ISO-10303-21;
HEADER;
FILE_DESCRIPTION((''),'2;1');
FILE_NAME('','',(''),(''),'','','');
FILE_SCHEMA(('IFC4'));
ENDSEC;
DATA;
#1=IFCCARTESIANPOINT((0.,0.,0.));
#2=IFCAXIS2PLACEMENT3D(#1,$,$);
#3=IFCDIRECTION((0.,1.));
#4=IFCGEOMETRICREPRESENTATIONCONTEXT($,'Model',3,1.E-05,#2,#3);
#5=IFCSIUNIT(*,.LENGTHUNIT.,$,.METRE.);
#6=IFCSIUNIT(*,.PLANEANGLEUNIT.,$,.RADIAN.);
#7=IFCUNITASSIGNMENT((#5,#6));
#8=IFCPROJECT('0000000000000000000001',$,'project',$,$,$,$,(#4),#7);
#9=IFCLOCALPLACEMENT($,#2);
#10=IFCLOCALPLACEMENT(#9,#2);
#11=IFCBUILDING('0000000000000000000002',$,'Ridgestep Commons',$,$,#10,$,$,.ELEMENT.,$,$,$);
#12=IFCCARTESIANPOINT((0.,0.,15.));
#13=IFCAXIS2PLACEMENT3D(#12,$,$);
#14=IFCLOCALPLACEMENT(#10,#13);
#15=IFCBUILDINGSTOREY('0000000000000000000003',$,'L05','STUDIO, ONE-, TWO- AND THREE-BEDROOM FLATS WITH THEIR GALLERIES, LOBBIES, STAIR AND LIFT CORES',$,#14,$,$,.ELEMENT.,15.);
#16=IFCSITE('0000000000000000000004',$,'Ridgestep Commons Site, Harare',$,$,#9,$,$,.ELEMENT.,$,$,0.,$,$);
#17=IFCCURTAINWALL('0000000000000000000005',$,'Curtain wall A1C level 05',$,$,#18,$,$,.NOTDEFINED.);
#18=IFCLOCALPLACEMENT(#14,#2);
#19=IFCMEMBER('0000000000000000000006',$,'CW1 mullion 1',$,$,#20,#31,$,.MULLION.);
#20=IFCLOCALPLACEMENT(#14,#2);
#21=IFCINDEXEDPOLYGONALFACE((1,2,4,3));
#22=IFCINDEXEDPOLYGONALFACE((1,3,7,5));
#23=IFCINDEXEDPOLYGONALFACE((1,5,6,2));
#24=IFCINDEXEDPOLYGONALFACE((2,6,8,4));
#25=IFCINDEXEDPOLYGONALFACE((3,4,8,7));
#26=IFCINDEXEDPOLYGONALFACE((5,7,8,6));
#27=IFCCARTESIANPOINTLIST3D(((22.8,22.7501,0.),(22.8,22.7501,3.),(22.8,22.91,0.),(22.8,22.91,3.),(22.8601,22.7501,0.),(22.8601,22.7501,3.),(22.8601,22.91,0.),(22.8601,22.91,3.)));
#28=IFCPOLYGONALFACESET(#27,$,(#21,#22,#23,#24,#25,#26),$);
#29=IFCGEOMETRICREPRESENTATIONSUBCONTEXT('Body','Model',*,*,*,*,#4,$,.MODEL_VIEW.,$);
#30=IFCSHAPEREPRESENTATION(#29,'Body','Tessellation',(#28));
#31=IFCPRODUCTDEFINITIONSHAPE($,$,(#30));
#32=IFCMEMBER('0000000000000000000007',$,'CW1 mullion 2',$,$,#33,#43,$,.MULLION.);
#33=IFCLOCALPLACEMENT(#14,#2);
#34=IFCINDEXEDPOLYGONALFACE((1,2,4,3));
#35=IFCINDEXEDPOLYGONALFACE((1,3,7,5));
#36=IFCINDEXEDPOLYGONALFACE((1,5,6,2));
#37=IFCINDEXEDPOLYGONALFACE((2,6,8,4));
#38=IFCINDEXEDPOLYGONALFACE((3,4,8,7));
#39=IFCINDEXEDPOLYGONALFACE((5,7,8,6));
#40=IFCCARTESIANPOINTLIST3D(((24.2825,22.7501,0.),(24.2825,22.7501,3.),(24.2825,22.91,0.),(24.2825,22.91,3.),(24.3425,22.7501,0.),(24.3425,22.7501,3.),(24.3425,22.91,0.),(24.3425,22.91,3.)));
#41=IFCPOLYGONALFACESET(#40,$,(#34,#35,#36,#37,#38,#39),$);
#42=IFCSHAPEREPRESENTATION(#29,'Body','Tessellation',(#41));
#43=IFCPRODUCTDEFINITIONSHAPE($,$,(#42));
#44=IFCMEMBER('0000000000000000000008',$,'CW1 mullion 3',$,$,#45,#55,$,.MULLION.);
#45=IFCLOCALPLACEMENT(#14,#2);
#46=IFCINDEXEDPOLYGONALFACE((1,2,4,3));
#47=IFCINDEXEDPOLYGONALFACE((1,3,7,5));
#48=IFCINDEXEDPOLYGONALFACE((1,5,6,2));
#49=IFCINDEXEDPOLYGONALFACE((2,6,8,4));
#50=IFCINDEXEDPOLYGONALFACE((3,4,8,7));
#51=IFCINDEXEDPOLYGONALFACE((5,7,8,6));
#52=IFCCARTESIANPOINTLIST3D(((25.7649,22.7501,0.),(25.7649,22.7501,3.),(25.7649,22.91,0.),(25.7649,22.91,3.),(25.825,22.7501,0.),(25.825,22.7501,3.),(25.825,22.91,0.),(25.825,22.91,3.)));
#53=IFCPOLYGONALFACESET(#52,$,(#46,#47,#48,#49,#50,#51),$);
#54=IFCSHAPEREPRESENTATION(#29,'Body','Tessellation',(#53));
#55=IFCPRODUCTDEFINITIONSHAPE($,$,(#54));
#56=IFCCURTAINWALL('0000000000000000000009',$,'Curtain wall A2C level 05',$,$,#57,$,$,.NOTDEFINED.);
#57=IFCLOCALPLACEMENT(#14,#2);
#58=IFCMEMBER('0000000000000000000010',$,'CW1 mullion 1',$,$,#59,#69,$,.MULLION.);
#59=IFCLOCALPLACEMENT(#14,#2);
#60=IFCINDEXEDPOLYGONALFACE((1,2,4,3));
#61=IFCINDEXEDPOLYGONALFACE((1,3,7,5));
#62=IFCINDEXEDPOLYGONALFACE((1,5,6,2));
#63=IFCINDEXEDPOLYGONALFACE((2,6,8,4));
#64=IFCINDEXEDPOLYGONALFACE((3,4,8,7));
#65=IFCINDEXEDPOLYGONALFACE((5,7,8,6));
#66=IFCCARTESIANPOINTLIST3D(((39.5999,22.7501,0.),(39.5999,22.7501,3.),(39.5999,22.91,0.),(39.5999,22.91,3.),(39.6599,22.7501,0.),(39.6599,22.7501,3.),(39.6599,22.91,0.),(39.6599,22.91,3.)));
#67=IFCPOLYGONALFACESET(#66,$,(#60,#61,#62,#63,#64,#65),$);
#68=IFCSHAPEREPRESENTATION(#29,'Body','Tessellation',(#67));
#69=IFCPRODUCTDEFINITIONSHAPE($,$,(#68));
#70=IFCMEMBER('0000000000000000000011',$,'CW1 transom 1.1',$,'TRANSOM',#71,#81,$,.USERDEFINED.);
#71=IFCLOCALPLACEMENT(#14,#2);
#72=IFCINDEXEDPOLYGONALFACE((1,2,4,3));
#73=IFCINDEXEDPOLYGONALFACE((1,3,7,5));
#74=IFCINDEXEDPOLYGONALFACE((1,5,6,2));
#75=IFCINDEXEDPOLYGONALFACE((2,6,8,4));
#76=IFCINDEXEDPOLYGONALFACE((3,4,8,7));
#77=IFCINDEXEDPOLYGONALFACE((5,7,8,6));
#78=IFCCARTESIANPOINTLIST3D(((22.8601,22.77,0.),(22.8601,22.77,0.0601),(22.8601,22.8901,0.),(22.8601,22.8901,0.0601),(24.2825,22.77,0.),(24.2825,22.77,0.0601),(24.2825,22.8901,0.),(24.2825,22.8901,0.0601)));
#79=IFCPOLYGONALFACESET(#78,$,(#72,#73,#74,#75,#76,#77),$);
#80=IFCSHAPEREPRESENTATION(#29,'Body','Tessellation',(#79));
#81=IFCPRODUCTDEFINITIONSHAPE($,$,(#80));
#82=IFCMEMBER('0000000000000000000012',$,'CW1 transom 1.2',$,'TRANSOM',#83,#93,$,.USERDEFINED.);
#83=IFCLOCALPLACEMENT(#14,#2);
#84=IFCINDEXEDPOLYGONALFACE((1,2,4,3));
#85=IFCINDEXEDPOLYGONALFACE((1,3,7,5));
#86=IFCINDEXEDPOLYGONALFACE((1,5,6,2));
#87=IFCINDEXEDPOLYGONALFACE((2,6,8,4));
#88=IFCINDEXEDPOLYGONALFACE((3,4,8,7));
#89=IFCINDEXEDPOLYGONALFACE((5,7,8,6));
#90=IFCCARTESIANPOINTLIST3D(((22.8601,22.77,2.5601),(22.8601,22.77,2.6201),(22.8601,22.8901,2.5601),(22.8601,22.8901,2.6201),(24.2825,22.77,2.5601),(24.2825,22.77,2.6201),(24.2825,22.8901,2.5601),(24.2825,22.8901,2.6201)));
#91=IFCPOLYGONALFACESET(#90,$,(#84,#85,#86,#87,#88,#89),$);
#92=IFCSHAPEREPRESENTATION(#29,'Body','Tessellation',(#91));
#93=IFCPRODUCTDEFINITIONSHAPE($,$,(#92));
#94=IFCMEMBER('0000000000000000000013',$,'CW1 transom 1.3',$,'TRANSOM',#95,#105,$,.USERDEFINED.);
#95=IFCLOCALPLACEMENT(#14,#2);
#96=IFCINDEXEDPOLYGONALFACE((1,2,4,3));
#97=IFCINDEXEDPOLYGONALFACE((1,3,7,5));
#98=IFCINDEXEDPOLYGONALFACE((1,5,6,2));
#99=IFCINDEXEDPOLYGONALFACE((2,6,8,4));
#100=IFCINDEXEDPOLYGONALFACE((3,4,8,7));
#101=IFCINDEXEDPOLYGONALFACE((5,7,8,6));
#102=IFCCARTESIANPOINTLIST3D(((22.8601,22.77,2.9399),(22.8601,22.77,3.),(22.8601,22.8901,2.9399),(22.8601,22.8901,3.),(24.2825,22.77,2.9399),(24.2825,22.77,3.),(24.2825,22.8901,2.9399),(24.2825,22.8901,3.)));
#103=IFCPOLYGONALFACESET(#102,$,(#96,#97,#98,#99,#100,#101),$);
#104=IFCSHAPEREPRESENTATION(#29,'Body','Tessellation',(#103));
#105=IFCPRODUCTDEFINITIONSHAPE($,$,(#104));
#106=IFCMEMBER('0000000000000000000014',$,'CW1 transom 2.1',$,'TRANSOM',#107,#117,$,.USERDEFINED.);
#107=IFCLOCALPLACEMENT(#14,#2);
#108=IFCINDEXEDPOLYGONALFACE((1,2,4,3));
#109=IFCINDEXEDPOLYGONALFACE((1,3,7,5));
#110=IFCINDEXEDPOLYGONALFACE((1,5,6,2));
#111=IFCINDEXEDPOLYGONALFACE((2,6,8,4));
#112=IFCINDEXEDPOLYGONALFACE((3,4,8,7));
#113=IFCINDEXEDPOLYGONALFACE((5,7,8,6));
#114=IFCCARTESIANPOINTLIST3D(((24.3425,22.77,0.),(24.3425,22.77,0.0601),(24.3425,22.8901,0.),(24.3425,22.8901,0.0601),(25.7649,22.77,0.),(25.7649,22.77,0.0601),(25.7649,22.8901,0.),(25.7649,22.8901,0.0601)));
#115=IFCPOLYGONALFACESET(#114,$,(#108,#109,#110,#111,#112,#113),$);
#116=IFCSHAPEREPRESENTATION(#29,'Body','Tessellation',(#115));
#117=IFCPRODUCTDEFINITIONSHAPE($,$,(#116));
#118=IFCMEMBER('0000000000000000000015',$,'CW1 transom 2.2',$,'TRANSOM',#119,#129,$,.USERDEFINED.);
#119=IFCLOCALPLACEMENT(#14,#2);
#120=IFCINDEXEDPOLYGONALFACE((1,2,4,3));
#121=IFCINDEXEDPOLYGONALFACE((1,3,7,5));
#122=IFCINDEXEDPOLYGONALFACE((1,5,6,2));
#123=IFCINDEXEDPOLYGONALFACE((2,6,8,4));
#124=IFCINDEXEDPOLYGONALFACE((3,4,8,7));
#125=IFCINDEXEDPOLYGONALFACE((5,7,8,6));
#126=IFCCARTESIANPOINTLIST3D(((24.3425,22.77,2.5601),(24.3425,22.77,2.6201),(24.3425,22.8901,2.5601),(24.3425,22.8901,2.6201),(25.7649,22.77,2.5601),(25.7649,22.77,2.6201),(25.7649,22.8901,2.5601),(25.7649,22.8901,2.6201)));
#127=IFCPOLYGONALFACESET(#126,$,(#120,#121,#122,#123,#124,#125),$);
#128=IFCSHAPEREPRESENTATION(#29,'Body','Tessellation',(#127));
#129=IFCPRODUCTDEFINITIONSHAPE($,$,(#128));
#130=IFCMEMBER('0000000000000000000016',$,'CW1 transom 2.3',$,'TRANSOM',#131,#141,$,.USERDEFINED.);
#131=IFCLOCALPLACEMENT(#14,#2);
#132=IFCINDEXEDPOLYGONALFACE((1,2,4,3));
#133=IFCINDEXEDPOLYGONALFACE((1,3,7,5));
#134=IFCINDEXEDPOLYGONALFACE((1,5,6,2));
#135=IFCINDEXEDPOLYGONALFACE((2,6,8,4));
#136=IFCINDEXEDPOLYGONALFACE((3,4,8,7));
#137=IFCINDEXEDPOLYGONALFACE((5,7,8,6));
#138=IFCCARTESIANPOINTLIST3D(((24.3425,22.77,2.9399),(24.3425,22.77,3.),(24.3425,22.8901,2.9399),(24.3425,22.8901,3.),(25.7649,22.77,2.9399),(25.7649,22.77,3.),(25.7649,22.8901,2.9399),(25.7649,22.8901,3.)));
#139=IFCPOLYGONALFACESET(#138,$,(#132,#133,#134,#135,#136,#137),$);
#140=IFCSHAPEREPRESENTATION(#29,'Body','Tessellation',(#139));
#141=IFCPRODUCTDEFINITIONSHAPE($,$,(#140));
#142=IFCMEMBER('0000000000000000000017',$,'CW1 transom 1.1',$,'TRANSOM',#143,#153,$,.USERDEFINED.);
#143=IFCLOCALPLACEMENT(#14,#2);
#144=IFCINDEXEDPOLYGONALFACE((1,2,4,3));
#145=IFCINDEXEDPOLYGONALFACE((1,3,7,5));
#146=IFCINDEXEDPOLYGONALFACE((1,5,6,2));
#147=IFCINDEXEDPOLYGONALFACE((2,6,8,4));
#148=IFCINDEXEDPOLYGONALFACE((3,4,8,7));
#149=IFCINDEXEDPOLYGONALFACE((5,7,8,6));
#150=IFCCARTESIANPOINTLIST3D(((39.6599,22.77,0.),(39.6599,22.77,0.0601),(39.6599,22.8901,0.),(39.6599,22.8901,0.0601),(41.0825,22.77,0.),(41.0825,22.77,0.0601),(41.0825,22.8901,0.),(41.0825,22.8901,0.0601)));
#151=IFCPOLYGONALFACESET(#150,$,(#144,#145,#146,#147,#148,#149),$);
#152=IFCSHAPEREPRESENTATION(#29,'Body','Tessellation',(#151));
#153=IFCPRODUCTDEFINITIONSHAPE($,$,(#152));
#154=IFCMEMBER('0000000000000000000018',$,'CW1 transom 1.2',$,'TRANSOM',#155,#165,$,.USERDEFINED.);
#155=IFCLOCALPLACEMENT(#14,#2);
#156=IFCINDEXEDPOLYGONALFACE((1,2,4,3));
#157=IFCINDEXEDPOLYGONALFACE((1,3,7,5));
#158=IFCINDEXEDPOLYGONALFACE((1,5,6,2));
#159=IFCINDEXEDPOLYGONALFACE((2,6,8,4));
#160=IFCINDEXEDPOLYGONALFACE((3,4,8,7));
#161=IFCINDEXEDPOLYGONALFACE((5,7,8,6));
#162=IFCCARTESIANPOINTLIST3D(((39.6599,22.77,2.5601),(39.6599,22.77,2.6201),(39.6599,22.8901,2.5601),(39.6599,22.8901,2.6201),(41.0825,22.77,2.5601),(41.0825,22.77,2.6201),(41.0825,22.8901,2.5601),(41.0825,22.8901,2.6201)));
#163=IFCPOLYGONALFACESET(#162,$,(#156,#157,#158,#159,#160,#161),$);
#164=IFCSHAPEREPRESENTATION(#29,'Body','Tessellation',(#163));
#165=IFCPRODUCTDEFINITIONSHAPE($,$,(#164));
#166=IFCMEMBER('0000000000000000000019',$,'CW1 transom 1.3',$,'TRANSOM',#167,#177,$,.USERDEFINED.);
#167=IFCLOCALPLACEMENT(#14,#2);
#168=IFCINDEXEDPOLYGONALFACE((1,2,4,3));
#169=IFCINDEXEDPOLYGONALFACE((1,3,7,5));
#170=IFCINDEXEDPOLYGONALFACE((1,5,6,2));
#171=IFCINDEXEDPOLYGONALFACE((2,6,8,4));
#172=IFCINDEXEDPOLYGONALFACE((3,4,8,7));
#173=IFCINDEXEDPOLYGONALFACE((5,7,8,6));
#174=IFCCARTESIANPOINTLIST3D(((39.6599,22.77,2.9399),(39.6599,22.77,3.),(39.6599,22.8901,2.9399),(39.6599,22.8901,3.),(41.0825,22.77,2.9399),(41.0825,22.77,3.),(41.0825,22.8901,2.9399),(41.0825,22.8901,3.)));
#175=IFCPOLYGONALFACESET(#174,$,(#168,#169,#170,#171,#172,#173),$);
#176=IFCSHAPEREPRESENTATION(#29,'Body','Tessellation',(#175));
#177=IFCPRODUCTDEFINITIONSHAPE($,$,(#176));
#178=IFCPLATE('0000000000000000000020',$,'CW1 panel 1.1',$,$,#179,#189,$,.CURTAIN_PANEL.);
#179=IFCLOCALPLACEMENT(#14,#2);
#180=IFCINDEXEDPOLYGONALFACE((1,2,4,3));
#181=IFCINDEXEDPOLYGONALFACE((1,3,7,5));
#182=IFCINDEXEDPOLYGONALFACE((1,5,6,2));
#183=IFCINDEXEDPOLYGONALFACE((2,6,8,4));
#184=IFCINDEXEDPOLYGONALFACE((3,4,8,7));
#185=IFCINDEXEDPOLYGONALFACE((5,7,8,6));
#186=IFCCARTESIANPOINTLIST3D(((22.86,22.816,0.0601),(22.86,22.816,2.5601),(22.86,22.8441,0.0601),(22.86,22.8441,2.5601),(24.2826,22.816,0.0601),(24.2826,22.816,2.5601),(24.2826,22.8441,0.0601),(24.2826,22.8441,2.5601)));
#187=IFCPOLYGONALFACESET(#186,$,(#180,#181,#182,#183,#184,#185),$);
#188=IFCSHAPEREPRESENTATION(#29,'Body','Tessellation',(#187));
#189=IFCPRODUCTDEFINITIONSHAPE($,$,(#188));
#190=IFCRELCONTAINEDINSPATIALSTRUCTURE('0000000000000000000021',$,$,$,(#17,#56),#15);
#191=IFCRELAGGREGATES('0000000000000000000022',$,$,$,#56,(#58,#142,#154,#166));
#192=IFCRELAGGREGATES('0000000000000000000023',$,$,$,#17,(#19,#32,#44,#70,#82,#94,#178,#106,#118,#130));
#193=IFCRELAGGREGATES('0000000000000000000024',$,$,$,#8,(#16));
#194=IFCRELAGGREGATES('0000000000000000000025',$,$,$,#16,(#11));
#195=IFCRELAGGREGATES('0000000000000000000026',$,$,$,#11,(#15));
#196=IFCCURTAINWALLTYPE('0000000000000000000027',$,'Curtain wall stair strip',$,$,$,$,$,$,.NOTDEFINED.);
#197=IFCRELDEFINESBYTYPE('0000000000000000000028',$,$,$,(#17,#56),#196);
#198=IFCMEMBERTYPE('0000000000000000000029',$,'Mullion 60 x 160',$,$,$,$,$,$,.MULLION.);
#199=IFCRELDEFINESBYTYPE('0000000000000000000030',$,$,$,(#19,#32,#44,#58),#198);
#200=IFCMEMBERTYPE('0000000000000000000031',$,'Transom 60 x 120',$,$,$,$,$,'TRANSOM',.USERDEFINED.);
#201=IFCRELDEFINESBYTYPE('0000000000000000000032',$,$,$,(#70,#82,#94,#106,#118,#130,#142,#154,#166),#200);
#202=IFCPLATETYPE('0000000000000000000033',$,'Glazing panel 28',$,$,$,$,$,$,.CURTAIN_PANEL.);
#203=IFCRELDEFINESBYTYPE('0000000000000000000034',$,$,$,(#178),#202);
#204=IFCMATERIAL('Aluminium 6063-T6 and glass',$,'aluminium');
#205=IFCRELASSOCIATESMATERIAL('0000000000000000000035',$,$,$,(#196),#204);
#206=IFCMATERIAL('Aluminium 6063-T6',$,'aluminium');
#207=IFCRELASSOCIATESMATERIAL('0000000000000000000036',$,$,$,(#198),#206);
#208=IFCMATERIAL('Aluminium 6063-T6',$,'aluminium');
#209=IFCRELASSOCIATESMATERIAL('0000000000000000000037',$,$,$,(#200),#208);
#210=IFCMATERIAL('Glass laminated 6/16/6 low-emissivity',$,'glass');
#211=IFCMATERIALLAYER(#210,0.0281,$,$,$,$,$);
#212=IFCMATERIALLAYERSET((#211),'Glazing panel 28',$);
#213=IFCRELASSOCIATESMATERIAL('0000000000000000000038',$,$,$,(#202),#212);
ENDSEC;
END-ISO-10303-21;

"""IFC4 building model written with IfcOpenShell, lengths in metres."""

from ifc_helpers import new_model, si_unit, direction, frame, origin, origin_2d, place, context, subcontext, project, spatial, rectangle, extrude, material, layer, layer_set, material_profile, profile_set, type_object, element, aggregate, save


model = new_model("IFC4")

# Units and contexts
model_context = context("Model", 3, precision=1e-05, world=origin(), true_north=direction((0.0, 1.0)))
body_context = subcontext(model_context, "Body", "Model", "MODEL_VIEW")
ifc_project = project(units=[si_unit("LENGTHUNIT", "METRE"), si_unit("PLANEANGLEUNIT", "RADIAN")], contexts=[model_context])

# Site, building, storey
site_placement = place(None, origin())
site = spatial("IfcSite", under=ifc_project, at=site_placement, Name="Ridgestep Commons Site, Harare", CompositionType="ELEMENT", RefElevation=0.0)
building_placement = place(site_placement, origin())
building = spatial("IfcBuilding", under=site, at=building_placement, Name="Ridgestep Commons", CompositionType="ELEMENT")
storey_placement = place(building_placement, frame((0.0, 0.0, 15.0)))
storey = spatial("IfcBuildingStorey", under=building, at=storey_placement, Name="L05", Description="STUDIO, ONE-, TWO- AND THREE-BEDROOM FLATS WITH THEIR GALLERIES, LOBBIES, STAIR AND LIFT CORES", CompositionType="ELEMENT", Elevation=15.0)

# Curtain wall, members
ifc_material_1 = material(Name="Aluminium 6063-T6 and glass", Category="aluminium")
curtain_wall_type = type_object("IfcCurtainWallType", Name="Curtain wall stair strip", PredefinedType="NOTDEFINED", material=ifc_material_1)
curtain_wall_1_placement = place(storey_placement, origin())
curtain_wall_1 = element("IfcCurtainWall", 1, at=curtain_wall_1_placement, inside=storey, type_object=curtain_wall_type, Name="Curtain wall A1C level 05", PredefinedType="NOTDEFINED")
ifc_material_2 = material(Name="Aluminium 6063-T6", Category="aluminium")
ifc_material_profile_1 = material_profile(ifc_material_2, rectangle(XDim=0.1599, YDim=0.0601, at=origin_2d()), Name="Mullion 60 x 160")
ifc_profile_set_1 = profile_set([ifc_material_profile_1], Name="Aluminium 6063-T6")
member_type_1 = type_object("IfcMemberType", Name="Mullion 60 x 160", PredefinedType="MULLION", material=ifc_profile_set_1)
member_1_placement = place(storey_placement, frame((22.8301, 22.8301, 0.0), z_axis=(0.0, 0.0, 1.0), x_axis=(0.0, 1.0, 0.0)))
member_1 = element("IfcMember", 2, at=member_1_placement, type_object=member_type_1, Name="CW1 mullion 1", PredefinedType="MULLION", context=body_context, shape_type="SweptSolid", body=[
    extrude(rectangle(XDim=0.1599, YDim=0.0601, at=origin_2d()), origin(), (0.0, 0.0, 1.0), 3.0),
])
member_2_placement = place(storey_placement, frame((24.3125, 22.8301, 0.0), z_axis=(0.0, 0.0, 1.0), x_axis=(0.0, 1.0, 0.0)))
member_2 = element("IfcMember", 3, at=member_2_placement, type_object=member_type_1, Name="CW1 mullion 2", PredefinedType="MULLION", context=body_context, shape_type="SweptSolid", body=[
    extrude(rectangle(XDim=0.1599, YDim=0.0601, at=origin_2d()), origin(), (0.0, 0.0, 1.0), 3.0),
])
member_3_placement = place(storey_placement, frame((25.7949, 22.8301, 0.0), z_axis=(0.0, 0.0, 1.0), x_axis=(0.0, 1.0, 0.0)))
member_3 = element("IfcMember", 4, at=member_3_placement, type_object=member_type_1, Name="CW1 mullion 3", PredefinedType="MULLION", context=body_context, shape_type="SweptSolid", body=[
    extrude(rectangle(XDim=0.1599, YDim=0.0601, at=origin_2d()), origin(), (0.0, 0.0, 1.0), 3.0),
])

# Curtain wall, member
curtain_wall_2_placement = place(storey_placement, origin())
curtain_wall_2 = element("IfcCurtainWall", 5, at=curtain_wall_2_placement, inside=storey, type_object=curtain_wall_type, Name="Curtain wall A2C level 05", PredefinedType="NOTDEFINED")
member_4_placement = place(storey_placement, frame((39.6299, 22.8301, 0.0), z_axis=(0.0, 0.0, 1.0), x_axis=(0.0, 1.0, 0.0)))
member_4 = element("IfcMember", 6, at=member_4_placement, type_object=member_type_1, Name="CW1 mullion 1", PredefinedType="MULLION", context=body_context, shape_type="SweptSolid", body=[
    extrude(rectangle(XDim=0.1599, YDim=0.0601, at=origin_2d()), origin(), (0.0, 0.0, 1.0), 3.0),
])

# Members
ifc_material_3 = material(Name="Aluminium 6063-T6", Category="aluminium")
ifc_material_profile_2 = material_profile(ifc_material_3, rectangle(XDim=0.1201, YDim=0.0601, at=origin_2d()), Name="Transom 60 x 120")
ifc_profile_set_2 = profile_set([ifc_material_profile_2], Name="Aluminium 6063-T6")
member_type_2 = type_object("IfcMemberType", Name="Transom 60 x 120", ElementType="TRANSOM", PredefinedType="USERDEFINED", material=ifc_profile_set_2)
member_5_placement = place(storey_placement, frame((22.8601, 22.8301, 0.03), z_axis=(1.0, 0.0, 0.0), x_axis=(0.0, 1.0, 0.0)))
member_5 = element("IfcMember", 7, at=member_5_placement, type_object=member_type_2, Name="CW1 transom 1.1", ObjectType="TRANSOM", PredefinedType="USERDEFINED", context=body_context, shape_type="SweptSolid", body=[
    extrude(rectangle(XDim=0.1201, YDim=0.0601, at=origin_2d()), origin(), (0.0, 0.0, 1.0), 1.4224),
])
member_6_placement = place(storey_placement, frame((22.8601, 22.8301, 2.5901), z_axis=(1.0, 0.0, 0.0), x_axis=(0.0, 1.0, 0.0)))
member_6 = element("IfcMember", 8, at=member_6_placement, type_object=member_type_2, Name="CW1 transom 1.2", ObjectType="TRANSOM", PredefinedType="USERDEFINED", context=body_context, shape_type="SweptSolid", body=[
    extrude(rectangle(XDim=0.1201, YDim=0.0601, at=origin_2d()), origin(), (0.0, 0.0, 1.0), 1.4224),
])
member_7_placement = place(storey_placement, frame((22.8601, 22.8301, 2.97), z_axis=(1.0, 0.0, 0.0), x_axis=(0.0, 1.0, 0.0)))
member_7 = element("IfcMember", 9, at=member_7_placement, type_object=member_type_2, Name="CW1 transom 1.3", ObjectType="TRANSOM", PredefinedType="USERDEFINED", context=body_context, shape_type="SweptSolid", body=[
    extrude(rectangle(XDim=0.1201, YDim=0.0601, at=origin_2d()), origin(), (0.0, 0.0, 1.0), 1.4224),
])
member_8_placement = place(storey_placement, frame((24.3425, 22.8301, 0.03), z_axis=(1.0, 0.0, 0.0), x_axis=(0.0, 1.0, 0.0)))
member_8 = element("IfcMember", 10, at=member_8_placement, type_object=member_type_2, Name="CW1 transom 2.1", ObjectType="TRANSOM", PredefinedType="USERDEFINED", context=body_context, shape_type="SweptSolid", body=[
    extrude(rectangle(XDim=0.1201, YDim=0.0601, at=origin_2d()), origin(), (0.0, 0.0, 1.0), 1.4224),
])
member_9_placement = place(storey_placement, frame((24.3425, 22.8301, 2.5901), z_axis=(1.0, 0.0, 0.0), x_axis=(0.0, 1.0, 0.0)))
member_9 = element("IfcMember", 11, at=member_9_placement, type_object=member_type_2, Name="CW1 transom 2.2", ObjectType="TRANSOM", PredefinedType="USERDEFINED", context=body_context, shape_type="SweptSolid", body=[
    extrude(rectangle(XDim=0.1201, YDim=0.0601, at=origin_2d()), origin(), (0.0, 0.0, 1.0), 1.4224),
])
member_10_placement = place(storey_placement, frame((24.3425, 22.8301, 2.97), z_axis=(1.0, 0.0, 0.0), x_axis=(0.0, 1.0, 0.0)))
member_10 = element("IfcMember", 12, at=member_10_placement, type_object=member_type_2, Name="CW1 transom 2.3", ObjectType="TRANSOM", PredefinedType="USERDEFINED", context=body_context, shape_type="SweptSolid", body=[
    extrude(rectangle(XDim=0.1201, YDim=0.0601, at=origin_2d()), origin(), (0.0, 0.0, 1.0), 1.4224),
])
member_11_placement = place(storey_placement, frame((39.6599, 22.8301, 0.03), z_axis=(1.0, 0.0, 0.0), x_axis=(0.0, 1.0, 0.0)))
member_11 = element("IfcMember", 13, at=member_11_placement, type_object=member_type_2, Name="CW1 transom 1.1", ObjectType="TRANSOM", PredefinedType="USERDEFINED", context=body_context, shape_type="SweptSolid", body=[
    extrude(rectangle(XDim=0.1201, YDim=0.0601, at=origin_2d()), origin(), (0.0, 0.0, 1.0), 1.4226),
])
member_12_placement = place(storey_placement, frame((39.6599, 22.8301, 2.5901), z_axis=(1.0, 0.0, 0.0), x_axis=(0.0, 1.0, 0.0)))
member_12 = element("IfcMember", 14, at=member_12_placement, type_object=member_type_2, Name="CW1 transom 1.2", ObjectType="TRANSOM", PredefinedType="USERDEFINED", context=body_context, shape_type="SweptSolid", body=[
    extrude(rectangle(XDim=0.1201, YDim=0.0601, at=origin_2d()), origin(), (0.0, 0.0, 1.0), 1.4226),
])
member_13_placement = place(storey_placement, frame((39.6599, 22.8301, 2.97), z_axis=(1.0, 0.0, 0.0), x_axis=(0.0, 1.0, 0.0)))
member_13 = element("IfcMember", 15, at=member_13_placement, type_object=member_type_2, Name="CW1 transom 1.3", ObjectType="TRANSOM", PredefinedType="USERDEFINED", context=body_context, shape_type="SweptSolid", body=[
    extrude(rectangle(XDim=0.1201, YDim=0.0601, at=origin_2d()), origin(), (0.0, 0.0, 1.0), 1.4226),
])

# Plate
ifc_material_4 = material(Name="Glass laminated 6/16/6 low-emissivity", Category="glass")
ifc_layer_1 = layer(ifc_material_4, 0.0281)
ifc_layer_set_1 = layer_set([ifc_layer_1], Name="Glazing panel 28")
plate_type_1 = type_object("IfcPlateType", Name="Glazing panel 28", PredefinedType="CURTAIN_PANEL", material=ifc_layer_set_1)
plate_1_placement = place(storey_placement, frame((23.5713, 22.8301, 0.0601), z_axis=(0.0, 0.0, 1.0), x_axis=(1.0, 0.0, 0.0)))
plate_1 = element("IfcPlate", 16, at=plate_1_placement, type_object=plate_type_1, Name="CW1 panel 1.1", PredefinedType="CURTAIN_PANEL", context=body_context, shape_type="SweptSolid", body=[
    extrude(rectangle(XDim=1.4226, YDim=0.0281, at=origin_2d()), origin(), (0.0, 0.0, 1.0), 2.5),
])
aggregate(curtain_wall_2, [member_4, member_11, member_12, member_13])
aggregate(curtain_wall_1, [member_1, member_2, member_3, member_5, member_6, member_7, plate_1, member_8, member_9, member_10])

save(model, "model.ifc")
